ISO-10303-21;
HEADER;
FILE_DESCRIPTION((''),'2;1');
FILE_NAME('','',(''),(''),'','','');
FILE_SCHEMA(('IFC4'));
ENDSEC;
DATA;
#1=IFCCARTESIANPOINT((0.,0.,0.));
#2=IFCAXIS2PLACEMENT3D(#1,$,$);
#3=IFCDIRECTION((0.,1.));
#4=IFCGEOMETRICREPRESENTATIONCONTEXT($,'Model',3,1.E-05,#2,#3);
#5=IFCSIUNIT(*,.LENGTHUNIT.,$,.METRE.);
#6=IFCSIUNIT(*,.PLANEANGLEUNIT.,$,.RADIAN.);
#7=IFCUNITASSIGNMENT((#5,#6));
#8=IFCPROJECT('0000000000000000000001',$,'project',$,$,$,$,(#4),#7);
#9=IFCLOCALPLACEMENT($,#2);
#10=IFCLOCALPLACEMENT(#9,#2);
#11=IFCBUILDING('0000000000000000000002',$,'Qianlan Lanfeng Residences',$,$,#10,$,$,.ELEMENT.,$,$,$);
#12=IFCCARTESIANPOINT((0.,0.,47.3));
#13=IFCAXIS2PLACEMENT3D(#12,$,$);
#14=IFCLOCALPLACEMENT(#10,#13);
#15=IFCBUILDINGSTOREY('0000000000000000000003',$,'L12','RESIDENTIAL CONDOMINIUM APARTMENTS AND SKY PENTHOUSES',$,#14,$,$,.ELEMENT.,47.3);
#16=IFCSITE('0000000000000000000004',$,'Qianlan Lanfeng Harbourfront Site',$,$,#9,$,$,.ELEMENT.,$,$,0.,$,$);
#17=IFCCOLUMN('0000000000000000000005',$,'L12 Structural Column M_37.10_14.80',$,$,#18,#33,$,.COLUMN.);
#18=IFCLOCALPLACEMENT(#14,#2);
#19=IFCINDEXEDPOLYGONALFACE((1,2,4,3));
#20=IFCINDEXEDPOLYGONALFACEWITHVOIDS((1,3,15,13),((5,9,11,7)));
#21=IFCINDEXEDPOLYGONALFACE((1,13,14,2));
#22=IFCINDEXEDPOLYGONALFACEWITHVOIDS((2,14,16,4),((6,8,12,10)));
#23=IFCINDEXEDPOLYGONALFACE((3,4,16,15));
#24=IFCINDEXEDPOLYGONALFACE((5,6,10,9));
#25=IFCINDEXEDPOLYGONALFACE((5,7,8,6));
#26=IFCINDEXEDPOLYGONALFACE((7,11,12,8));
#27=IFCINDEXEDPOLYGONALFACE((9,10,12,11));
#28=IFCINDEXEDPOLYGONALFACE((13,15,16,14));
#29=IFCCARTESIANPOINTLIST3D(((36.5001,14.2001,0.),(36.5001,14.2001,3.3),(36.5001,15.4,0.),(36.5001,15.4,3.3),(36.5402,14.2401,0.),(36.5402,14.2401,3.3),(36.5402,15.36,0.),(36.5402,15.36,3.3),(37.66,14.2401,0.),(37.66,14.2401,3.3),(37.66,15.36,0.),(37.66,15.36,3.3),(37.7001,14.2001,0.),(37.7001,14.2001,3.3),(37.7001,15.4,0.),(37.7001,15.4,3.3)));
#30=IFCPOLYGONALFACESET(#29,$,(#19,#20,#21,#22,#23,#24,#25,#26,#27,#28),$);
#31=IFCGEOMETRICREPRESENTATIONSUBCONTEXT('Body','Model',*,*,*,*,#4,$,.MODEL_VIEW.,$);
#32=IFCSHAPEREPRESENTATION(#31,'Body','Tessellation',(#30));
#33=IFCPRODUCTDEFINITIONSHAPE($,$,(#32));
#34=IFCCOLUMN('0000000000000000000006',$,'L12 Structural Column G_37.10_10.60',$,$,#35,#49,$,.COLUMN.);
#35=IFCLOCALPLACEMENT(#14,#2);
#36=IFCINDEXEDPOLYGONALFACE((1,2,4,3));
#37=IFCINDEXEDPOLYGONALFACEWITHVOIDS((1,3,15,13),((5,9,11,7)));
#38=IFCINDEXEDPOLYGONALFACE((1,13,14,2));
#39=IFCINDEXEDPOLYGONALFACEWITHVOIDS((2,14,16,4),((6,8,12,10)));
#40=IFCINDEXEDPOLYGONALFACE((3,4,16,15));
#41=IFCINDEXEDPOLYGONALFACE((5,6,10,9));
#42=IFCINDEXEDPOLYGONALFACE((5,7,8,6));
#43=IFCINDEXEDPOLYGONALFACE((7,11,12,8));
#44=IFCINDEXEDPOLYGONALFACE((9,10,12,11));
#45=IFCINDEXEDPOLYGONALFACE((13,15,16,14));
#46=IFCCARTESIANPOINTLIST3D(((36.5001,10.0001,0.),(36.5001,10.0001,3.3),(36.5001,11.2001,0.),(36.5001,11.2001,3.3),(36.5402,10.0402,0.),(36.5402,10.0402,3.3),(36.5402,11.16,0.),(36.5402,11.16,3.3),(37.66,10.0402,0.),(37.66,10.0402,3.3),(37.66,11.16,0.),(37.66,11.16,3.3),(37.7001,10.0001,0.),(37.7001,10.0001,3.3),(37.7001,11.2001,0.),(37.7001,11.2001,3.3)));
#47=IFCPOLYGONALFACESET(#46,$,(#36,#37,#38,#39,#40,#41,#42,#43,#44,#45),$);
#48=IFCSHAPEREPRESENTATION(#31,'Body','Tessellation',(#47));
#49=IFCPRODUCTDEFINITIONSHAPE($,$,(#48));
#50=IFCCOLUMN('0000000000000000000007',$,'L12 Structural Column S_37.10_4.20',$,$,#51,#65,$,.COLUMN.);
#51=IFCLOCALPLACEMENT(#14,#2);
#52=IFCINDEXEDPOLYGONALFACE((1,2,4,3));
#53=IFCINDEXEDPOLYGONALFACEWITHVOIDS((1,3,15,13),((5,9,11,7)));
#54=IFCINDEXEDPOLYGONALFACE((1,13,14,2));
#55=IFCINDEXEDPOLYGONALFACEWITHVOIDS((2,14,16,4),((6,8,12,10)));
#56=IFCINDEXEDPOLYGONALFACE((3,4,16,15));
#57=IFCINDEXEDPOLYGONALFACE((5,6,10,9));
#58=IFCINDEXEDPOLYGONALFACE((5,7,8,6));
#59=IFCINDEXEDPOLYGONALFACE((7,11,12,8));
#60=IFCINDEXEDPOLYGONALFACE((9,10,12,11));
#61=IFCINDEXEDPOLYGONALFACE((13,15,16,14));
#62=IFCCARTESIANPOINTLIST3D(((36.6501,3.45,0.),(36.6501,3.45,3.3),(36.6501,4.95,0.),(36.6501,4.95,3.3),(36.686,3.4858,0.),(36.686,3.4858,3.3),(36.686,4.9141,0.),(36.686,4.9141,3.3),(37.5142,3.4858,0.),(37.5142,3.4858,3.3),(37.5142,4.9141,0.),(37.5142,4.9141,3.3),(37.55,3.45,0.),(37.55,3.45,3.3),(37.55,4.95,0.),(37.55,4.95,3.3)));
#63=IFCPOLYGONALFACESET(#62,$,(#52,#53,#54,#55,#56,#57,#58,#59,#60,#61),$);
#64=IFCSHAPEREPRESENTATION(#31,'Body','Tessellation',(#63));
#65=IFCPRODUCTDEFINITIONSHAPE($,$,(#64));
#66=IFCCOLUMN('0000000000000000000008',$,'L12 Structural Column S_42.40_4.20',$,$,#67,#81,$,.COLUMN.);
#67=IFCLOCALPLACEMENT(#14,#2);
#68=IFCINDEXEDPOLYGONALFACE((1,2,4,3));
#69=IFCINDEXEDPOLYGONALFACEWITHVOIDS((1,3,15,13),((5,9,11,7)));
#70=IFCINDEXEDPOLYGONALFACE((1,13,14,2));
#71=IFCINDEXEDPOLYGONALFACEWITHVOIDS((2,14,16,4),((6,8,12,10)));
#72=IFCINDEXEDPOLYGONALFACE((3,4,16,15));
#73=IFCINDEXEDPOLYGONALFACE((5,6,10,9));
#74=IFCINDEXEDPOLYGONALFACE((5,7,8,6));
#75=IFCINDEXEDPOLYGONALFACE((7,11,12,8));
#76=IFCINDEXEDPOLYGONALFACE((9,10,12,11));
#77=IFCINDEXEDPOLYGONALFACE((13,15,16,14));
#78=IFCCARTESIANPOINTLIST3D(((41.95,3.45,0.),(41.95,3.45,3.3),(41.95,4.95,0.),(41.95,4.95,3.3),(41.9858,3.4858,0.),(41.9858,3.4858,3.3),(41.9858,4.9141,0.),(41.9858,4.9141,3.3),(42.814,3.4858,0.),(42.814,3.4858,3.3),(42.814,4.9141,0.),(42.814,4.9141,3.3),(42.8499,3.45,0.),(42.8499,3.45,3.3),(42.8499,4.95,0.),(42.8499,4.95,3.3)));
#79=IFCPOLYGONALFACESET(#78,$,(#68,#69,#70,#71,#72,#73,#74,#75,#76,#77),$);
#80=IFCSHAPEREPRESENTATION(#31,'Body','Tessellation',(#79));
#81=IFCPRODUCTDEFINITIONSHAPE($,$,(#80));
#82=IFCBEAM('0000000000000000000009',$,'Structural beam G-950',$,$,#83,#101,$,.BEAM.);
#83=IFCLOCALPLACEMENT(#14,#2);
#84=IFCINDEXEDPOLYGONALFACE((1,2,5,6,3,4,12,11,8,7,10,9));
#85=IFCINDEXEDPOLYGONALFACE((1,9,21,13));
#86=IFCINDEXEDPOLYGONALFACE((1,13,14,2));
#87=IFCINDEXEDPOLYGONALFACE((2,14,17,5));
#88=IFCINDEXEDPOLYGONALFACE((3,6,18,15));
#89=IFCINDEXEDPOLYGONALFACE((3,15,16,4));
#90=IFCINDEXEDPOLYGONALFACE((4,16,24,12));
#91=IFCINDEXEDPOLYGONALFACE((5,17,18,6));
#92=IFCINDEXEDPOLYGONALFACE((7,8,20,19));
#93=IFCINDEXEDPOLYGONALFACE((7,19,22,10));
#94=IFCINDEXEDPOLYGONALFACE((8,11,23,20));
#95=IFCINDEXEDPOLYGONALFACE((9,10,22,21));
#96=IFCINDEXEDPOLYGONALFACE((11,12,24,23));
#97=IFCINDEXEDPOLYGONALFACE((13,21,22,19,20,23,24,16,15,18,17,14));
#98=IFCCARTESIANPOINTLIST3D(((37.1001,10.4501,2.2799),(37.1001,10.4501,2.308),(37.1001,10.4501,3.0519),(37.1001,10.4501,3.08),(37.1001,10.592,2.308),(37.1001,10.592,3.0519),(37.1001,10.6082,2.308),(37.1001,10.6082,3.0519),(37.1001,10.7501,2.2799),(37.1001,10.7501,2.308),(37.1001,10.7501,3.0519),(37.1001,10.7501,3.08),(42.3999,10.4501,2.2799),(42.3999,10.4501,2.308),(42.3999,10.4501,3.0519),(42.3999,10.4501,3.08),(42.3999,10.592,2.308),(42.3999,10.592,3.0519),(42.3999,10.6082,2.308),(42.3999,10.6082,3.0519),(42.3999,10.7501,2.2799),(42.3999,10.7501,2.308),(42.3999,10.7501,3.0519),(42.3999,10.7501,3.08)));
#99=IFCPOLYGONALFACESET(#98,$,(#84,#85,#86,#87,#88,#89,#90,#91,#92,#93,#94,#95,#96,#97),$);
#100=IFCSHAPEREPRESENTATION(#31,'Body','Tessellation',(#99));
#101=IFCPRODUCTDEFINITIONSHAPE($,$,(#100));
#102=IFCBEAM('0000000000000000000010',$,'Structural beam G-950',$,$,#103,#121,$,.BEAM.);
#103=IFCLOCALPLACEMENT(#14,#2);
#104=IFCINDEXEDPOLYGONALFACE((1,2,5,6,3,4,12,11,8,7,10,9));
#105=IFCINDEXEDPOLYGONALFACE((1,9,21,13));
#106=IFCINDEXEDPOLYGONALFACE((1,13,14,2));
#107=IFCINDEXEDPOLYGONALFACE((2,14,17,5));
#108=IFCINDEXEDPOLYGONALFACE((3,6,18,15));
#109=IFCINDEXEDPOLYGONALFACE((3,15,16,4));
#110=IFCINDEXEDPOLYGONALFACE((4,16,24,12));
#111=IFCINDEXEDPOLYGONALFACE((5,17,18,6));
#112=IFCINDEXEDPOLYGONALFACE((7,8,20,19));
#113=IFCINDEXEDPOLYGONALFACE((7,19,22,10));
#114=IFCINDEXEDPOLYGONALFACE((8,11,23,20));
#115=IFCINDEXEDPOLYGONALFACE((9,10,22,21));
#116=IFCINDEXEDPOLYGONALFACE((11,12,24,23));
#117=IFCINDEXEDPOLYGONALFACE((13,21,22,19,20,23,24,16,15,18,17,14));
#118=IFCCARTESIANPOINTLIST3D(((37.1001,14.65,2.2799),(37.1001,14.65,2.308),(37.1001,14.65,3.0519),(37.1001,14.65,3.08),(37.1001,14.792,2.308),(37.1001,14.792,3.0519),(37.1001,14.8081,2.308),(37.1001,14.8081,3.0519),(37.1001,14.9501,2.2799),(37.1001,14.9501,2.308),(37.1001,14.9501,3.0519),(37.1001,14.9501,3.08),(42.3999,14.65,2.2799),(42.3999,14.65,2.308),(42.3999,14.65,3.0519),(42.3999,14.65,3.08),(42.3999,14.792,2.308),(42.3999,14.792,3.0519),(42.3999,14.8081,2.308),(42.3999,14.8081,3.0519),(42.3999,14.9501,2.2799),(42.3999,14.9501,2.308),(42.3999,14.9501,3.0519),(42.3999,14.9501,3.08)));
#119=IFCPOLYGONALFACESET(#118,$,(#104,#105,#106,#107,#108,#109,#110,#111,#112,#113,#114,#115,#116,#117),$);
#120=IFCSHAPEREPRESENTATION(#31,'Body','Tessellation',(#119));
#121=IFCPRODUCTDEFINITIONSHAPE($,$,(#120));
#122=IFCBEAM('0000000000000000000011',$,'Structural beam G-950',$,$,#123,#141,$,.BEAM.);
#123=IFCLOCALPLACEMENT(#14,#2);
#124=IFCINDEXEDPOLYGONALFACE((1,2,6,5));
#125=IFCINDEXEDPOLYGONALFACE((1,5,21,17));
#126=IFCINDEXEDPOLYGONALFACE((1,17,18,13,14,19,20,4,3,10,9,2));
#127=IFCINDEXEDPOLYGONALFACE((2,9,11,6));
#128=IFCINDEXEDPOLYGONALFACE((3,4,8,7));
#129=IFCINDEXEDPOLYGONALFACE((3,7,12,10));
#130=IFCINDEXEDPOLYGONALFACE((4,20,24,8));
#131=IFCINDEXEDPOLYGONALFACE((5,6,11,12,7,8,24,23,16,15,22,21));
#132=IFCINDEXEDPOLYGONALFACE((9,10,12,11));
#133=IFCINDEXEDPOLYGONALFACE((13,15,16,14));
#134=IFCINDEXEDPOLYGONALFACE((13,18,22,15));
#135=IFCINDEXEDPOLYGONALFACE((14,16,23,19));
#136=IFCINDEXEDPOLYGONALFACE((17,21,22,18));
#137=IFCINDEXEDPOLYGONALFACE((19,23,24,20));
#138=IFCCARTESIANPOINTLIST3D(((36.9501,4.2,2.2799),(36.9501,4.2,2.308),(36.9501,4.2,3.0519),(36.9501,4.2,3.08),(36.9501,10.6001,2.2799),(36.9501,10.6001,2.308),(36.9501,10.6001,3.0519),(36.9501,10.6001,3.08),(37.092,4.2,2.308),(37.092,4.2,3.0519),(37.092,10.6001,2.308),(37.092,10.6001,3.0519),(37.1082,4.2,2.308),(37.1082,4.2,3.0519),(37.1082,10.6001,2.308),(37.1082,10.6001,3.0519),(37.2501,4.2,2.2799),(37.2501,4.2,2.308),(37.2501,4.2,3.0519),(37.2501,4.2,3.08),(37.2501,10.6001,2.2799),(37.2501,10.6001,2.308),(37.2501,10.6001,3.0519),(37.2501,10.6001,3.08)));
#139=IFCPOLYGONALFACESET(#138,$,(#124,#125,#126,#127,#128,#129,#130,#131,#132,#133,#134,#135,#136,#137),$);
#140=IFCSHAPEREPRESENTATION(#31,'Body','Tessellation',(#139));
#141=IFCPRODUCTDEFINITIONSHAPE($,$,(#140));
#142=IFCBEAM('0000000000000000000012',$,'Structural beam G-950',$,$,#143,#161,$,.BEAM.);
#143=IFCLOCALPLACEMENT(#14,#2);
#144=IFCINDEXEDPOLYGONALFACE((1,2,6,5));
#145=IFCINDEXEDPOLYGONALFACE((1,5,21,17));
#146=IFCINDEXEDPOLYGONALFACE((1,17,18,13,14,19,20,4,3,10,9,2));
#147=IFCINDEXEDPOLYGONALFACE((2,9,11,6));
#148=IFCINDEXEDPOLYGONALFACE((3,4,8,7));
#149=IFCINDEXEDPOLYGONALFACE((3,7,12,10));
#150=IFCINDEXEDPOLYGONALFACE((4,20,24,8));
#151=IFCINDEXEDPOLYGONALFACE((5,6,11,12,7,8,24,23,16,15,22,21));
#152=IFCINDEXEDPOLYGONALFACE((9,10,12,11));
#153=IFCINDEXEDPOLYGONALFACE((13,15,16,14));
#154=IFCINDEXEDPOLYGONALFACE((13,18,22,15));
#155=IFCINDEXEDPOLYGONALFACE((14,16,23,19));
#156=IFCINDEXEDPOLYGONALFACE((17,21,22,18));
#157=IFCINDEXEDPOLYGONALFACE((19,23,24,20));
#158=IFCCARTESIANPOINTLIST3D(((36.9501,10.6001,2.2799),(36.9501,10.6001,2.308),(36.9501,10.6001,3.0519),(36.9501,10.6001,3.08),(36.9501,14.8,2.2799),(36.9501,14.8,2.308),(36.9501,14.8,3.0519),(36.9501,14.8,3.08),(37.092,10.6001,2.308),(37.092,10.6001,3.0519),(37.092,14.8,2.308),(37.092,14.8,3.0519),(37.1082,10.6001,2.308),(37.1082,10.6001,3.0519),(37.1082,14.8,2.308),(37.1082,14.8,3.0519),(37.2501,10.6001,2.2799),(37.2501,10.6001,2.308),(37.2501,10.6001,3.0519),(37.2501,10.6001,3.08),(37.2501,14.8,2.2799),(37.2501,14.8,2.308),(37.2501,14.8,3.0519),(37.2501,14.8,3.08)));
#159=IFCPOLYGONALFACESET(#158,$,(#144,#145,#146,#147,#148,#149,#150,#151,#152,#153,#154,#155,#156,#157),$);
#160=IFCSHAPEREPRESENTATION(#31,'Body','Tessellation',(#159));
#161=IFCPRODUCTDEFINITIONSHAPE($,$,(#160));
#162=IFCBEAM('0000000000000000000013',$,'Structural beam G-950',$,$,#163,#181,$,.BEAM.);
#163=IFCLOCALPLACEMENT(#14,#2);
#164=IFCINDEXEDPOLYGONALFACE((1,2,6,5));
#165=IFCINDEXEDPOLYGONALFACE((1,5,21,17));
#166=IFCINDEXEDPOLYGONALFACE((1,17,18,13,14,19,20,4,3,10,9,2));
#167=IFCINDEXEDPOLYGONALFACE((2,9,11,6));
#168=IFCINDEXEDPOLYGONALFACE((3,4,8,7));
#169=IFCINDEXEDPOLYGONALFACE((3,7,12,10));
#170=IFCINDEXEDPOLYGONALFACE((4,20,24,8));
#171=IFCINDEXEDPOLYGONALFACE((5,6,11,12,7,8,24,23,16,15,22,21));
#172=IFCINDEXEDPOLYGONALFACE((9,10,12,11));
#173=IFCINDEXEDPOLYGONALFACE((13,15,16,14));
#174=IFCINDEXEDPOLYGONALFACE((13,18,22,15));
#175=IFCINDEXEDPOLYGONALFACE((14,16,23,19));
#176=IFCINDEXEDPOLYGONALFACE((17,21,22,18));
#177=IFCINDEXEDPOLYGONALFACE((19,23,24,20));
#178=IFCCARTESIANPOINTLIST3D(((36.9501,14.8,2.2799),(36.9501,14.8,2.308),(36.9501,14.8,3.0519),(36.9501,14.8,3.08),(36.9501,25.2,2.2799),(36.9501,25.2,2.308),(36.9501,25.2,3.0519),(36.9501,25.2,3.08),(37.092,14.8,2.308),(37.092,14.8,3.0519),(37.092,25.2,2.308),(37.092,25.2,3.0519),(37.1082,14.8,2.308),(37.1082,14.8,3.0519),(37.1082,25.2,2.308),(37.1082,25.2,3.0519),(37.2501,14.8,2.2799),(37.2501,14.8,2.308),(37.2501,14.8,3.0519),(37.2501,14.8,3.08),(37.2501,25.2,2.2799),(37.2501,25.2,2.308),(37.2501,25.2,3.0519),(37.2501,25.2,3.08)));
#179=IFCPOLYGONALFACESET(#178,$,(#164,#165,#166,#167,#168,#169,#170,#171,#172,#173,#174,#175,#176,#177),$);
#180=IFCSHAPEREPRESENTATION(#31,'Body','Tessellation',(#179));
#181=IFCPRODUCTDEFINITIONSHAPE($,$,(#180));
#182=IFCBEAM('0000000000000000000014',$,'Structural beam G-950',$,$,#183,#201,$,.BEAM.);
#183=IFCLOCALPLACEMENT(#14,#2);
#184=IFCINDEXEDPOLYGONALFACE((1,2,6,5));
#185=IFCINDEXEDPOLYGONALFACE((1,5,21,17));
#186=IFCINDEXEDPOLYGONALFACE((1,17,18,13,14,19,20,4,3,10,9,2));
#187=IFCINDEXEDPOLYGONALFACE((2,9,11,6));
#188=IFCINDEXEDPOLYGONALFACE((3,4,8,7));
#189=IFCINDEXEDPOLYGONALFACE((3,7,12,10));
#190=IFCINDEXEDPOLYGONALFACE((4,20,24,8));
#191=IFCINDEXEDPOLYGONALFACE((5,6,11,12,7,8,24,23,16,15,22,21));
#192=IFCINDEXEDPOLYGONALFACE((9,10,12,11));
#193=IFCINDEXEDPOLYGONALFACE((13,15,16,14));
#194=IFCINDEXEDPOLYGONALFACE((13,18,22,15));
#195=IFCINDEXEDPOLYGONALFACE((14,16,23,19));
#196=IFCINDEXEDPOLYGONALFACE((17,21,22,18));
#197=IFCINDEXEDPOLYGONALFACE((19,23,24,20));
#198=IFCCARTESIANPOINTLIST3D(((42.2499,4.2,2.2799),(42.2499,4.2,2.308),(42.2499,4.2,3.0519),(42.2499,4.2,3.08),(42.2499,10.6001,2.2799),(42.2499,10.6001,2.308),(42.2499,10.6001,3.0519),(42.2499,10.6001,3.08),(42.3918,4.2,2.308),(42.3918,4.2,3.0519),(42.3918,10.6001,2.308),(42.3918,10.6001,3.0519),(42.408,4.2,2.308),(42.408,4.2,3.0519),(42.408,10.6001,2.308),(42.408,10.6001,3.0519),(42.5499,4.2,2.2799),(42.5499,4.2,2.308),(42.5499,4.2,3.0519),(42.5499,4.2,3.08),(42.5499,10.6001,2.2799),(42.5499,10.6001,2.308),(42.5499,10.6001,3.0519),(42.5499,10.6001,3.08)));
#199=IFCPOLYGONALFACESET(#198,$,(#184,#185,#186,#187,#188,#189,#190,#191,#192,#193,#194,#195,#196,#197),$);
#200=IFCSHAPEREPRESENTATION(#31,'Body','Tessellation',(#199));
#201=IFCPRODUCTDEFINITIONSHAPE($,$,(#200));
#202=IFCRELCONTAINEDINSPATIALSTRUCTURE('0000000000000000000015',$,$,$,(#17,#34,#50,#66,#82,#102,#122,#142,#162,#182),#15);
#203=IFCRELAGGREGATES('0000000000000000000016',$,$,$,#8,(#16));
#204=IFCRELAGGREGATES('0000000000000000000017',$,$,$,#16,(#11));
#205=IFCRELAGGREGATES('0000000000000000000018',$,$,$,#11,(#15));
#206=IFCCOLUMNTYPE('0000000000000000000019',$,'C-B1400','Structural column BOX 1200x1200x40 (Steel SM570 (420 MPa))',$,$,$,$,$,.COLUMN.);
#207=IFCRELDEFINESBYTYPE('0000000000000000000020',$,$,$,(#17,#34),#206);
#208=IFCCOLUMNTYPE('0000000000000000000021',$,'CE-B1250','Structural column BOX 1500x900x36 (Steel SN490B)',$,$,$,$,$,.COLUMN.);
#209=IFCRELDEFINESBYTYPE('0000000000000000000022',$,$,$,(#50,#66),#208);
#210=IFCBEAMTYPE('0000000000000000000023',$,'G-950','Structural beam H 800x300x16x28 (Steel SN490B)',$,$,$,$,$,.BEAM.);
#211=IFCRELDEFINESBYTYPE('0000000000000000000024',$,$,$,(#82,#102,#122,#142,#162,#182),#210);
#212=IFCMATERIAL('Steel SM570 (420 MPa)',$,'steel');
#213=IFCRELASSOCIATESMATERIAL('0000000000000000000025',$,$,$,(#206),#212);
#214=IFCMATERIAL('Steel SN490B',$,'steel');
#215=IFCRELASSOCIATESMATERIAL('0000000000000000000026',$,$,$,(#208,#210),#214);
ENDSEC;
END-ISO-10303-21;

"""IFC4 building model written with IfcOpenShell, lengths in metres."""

from ifc_helpers import new_model, si_unit, direction, frame, origin, origin_2d, place, context, subcontext, project, spatial, hollow_rectangle, i_section, extrude, material, material_profile, profile_set, type_object, element, save


model = new_model("IFC4")

# Units and contexts
model_context = context("Model", 3, precision=1e-05, world=origin(), true_north=direction((0.0, 1.0)))
body_context = subcontext(model_context, "Body", "Model", "MODEL_VIEW")
ifc_project = project(units=[si_unit("LENGTHUNIT", "METRE"), si_unit("PLANEANGLEUNIT", "RADIAN")], contexts=[model_context])

# Site, building, storey
site_placement = place(None, origin())
site = spatial("IfcSite", under=ifc_project, at=site_placement, Name="Qianlan Lanfeng Harbourfront Site", CompositionType="ELEMENT", RefElevation=0.0)
building_placement = place(site_placement, origin())
building = spatial("IfcBuilding", under=site, at=building_placement, Name="Qianlan Lanfeng Residences", CompositionType="ELEMENT")
storey_placement = place(building_placement, frame((0.0, 0.0, 47.3)))
storey = spatial("IfcBuildingStorey", under=building, at=storey_placement, Name="L12", Description="RESIDENTIAL CONDOMINIUM APARTMENTS AND SKY PENTHOUSES", CompositionType="ELEMENT", Elevation=47.3)

# Columns
ifc_material_1 = material(Name="Steel SM570 (420 MPa)", Category="steel")
ifc_material_profile_1 = material_profile(ifc_material_1, hollow_rectangle(XDim=1.2, YDim=1.2, WallThickness=0.04, at=origin_2d()), Name="BOX 1200x1200x40")
ifc_profile_set_1 = profile_set([ifc_material_profile_1], Name="Steel SM570 (420 MPa)")
column_type_1 = type_object("IfcColumnType", Name="C-B1400", Description="Structural column BOX 1200x1200x40 (Steel SM570 (420 MPa))", PredefinedType="COLUMN", material=ifc_profile_set_1)
for number, where, z_axis, x_axis, name in (
    (1, (37.1001, 14.8, 0.0), (0.0, 0.0, 1.0), (1.0, 0.0, 0.0), "L12 Structural Column M_37.10_14.80"),
    (2, (37.1001, 10.6001, 0.0), (0.0, 0.0, 1.0), (1.0, 0.0, 0.0), "L12 Structural Column G_37.10_10.60"),
):
    element("IfcColumn", number, at=place(storey_placement, frame(where, z_axis=z_axis, x_axis=x_axis)), inside=storey, type_object=column_type_1, Name=name, PredefinedType="COLUMN", context=body_context, shape_type="SweptSolid", body=[
        extrude(hollow_rectangle(XDim=1.2, YDim=1.2, WallThickness=0.04, at=origin_2d()), origin(), (0.0, 0.0, 1.0), 3.3),
    ])
ifc_material_2 = material(Name="Steel SN490B", Category="steel")
ifc_material_profile_2 = material_profile(ifc_material_2, hollow_rectangle(XDim=0.8999, YDim=1.5, WallThickness=0.0359, at=origin_2d()), Name="BOX 1500x900x36")
ifc_profile_set_2 = profile_set([ifc_material_profile_2], Name="Steel SN490B")
column_type_2 = type_object("IfcColumnType", Name="CE-B1250", Description="Structural column BOX 1500x900x36 (Steel SN490B)", PredefinedType="COLUMN", material=ifc_profile_set_2)
for number, where, z_axis, x_axis, name in (
    (3, (37.1001, 4.2, 0.0), (0.0, 0.0, 1.0), (1.0, 0.0, 0.0), "L12 Structural Column S_37.10_4.20"),
    (4, (42.3999, 4.2, 0.0), (0.0, 0.0, 1.0), (1.0, 0.0, 0.0), "L12 Structural Column S_42.40_4.20"),
):
    element("IfcColumn", number, at=place(storey_placement, frame(where, z_axis=z_axis, x_axis=x_axis)), inside=storey, type_object=column_type_2, Name=name, PredefinedType="COLUMN", context=body_context, shape_type="SweptSolid", body=[
        extrude(hollow_rectangle(XDim=0.8999, YDim=1.5, WallThickness=0.0359, at=origin_2d()), origin(), (0.0, 0.0, 1.0), 3.3),
    ])

# Beams
ifc_material_profile_3 = material_profile(ifc_material_2, i_section(OverallWidth=0.3, OverallDepth=0.8, WebThickness=0.0161, FlangeThickness=0.0281, at=origin_2d()), Name="H 800x300x16x28")
ifc_profile_set_3 = profile_set([ifc_material_profile_3], Name="Steel SN490B")
beam_type_1 = type_object("IfcBeamType", Name="G-950", Description="Structural beam H 800x300x16x28 (Steel SN490B)", PredefinedType="BEAM", material=ifc_profile_set_3)
for number, where, z_axis, x_axis, name in (
    (5, (37.1001, 10.6001, 2.6799), (1.0, 0.0, 0.0), (0.0, 1.0, 0.0), "Structural beam G-950"),
    (6, (37.1001, 14.8, 2.6799), (1.0, 0.0, 0.0), (0.0, 1.0, 0.0), "Structural beam G-950"),
):
    element("IfcBeam", number, at=place(storey_placement, frame(where, z_axis=z_axis, x_axis=x_axis)), inside=storey, type_object=beam_type_1, Name=name, PredefinedType="BEAM", context=body_context, shape_type="SweptSolid", body=[
        extrude(i_section(OverallWidth=0.3, OverallDepth=0.8, WebThickness=0.0161, FlangeThickness=0.0281, at=origin_2d()), origin(), (0.0, 0.0, 1.0), 5.2998),
    ])
beam_1_placement = place(storey_placement, frame((37.1001, 4.2, 2.6799), z_axis=(0.0, 1.0, 0.0), x_axis=(-1.0, 0.0, 0.0)))
element("IfcBeam", 7, at=beam_1_placement, inside=storey, type_object=beam_type_1, Name="Structural beam G-950", PredefinedType="BEAM", context=body_context, shape_type="SweptSolid", body=[
    extrude(i_section(OverallWidth=0.3, OverallDepth=0.8, WebThickness=0.0161, FlangeThickness=0.0281, at=origin_2d()), origin(), (0.0, 0.0, 1.0), 6.4001),
])
beam_2_placement = place(storey_placement, frame((37.1001, 10.6001, 2.6799), z_axis=(0.0, 1.0, 0.0), x_axis=(-1.0, 0.0, 0.0)))
element("IfcBeam", 8, at=beam_2_placement, inside=storey, type_object=beam_type_1, Name="Structural beam G-950", PredefinedType="BEAM", context=body_context, shape_type="SweptSolid", body=[
    extrude(i_section(OverallWidth=0.3, OverallDepth=0.8, WebThickness=0.0161, FlangeThickness=0.0281, at=origin_2d()), origin(), (0.0, 0.0, 1.0), 4.2),
])
beam_3_placement = place(storey_placement, frame((37.1001, 14.8, 2.6799), z_axis=(0.0, 1.0, 0.0), x_axis=(-1.0, 0.0, 0.0)))
element("IfcBeam", 9, at=beam_3_placement, inside=storey, type_object=beam_type_1, Name="Structural beam G-950", PredefinedType="BEAM", context=body_context, shape_type="SweptSolid", body=[
    extrude(i_section(OverallWidth=0.3, OverallDepth=0.8, WebThickness=0.0161, FlangeThickness=0.0281, at=origin_2d()), origin(), (0.0, 0.0, 1.0), 10.3999),
])
beam_4_placement = place(storey_placement, frame((42.3999, 4.2, 2.6799), z_axis=(0.0, 1.0, 0.0), x_axis=(-1.0, 0.0, 0.0)))
element("IfcBeam", 10, at=beam_4_placement, inside=storey, type_object=beam_type_1, Name="Structural beam G-950", PredefinedType="BEAM", context=body_context, shape_type="SweptSolid", body=[
    extrude(i_section(OverallWidth=0.3, OverallDepth=0.8, WebThickness=0.0161, FlangeThickness=0.0281, at=origin_2d()), origin(), (0.0, 0.0, 1.0), 6.4001),
])

save(model, "model.ifc")
